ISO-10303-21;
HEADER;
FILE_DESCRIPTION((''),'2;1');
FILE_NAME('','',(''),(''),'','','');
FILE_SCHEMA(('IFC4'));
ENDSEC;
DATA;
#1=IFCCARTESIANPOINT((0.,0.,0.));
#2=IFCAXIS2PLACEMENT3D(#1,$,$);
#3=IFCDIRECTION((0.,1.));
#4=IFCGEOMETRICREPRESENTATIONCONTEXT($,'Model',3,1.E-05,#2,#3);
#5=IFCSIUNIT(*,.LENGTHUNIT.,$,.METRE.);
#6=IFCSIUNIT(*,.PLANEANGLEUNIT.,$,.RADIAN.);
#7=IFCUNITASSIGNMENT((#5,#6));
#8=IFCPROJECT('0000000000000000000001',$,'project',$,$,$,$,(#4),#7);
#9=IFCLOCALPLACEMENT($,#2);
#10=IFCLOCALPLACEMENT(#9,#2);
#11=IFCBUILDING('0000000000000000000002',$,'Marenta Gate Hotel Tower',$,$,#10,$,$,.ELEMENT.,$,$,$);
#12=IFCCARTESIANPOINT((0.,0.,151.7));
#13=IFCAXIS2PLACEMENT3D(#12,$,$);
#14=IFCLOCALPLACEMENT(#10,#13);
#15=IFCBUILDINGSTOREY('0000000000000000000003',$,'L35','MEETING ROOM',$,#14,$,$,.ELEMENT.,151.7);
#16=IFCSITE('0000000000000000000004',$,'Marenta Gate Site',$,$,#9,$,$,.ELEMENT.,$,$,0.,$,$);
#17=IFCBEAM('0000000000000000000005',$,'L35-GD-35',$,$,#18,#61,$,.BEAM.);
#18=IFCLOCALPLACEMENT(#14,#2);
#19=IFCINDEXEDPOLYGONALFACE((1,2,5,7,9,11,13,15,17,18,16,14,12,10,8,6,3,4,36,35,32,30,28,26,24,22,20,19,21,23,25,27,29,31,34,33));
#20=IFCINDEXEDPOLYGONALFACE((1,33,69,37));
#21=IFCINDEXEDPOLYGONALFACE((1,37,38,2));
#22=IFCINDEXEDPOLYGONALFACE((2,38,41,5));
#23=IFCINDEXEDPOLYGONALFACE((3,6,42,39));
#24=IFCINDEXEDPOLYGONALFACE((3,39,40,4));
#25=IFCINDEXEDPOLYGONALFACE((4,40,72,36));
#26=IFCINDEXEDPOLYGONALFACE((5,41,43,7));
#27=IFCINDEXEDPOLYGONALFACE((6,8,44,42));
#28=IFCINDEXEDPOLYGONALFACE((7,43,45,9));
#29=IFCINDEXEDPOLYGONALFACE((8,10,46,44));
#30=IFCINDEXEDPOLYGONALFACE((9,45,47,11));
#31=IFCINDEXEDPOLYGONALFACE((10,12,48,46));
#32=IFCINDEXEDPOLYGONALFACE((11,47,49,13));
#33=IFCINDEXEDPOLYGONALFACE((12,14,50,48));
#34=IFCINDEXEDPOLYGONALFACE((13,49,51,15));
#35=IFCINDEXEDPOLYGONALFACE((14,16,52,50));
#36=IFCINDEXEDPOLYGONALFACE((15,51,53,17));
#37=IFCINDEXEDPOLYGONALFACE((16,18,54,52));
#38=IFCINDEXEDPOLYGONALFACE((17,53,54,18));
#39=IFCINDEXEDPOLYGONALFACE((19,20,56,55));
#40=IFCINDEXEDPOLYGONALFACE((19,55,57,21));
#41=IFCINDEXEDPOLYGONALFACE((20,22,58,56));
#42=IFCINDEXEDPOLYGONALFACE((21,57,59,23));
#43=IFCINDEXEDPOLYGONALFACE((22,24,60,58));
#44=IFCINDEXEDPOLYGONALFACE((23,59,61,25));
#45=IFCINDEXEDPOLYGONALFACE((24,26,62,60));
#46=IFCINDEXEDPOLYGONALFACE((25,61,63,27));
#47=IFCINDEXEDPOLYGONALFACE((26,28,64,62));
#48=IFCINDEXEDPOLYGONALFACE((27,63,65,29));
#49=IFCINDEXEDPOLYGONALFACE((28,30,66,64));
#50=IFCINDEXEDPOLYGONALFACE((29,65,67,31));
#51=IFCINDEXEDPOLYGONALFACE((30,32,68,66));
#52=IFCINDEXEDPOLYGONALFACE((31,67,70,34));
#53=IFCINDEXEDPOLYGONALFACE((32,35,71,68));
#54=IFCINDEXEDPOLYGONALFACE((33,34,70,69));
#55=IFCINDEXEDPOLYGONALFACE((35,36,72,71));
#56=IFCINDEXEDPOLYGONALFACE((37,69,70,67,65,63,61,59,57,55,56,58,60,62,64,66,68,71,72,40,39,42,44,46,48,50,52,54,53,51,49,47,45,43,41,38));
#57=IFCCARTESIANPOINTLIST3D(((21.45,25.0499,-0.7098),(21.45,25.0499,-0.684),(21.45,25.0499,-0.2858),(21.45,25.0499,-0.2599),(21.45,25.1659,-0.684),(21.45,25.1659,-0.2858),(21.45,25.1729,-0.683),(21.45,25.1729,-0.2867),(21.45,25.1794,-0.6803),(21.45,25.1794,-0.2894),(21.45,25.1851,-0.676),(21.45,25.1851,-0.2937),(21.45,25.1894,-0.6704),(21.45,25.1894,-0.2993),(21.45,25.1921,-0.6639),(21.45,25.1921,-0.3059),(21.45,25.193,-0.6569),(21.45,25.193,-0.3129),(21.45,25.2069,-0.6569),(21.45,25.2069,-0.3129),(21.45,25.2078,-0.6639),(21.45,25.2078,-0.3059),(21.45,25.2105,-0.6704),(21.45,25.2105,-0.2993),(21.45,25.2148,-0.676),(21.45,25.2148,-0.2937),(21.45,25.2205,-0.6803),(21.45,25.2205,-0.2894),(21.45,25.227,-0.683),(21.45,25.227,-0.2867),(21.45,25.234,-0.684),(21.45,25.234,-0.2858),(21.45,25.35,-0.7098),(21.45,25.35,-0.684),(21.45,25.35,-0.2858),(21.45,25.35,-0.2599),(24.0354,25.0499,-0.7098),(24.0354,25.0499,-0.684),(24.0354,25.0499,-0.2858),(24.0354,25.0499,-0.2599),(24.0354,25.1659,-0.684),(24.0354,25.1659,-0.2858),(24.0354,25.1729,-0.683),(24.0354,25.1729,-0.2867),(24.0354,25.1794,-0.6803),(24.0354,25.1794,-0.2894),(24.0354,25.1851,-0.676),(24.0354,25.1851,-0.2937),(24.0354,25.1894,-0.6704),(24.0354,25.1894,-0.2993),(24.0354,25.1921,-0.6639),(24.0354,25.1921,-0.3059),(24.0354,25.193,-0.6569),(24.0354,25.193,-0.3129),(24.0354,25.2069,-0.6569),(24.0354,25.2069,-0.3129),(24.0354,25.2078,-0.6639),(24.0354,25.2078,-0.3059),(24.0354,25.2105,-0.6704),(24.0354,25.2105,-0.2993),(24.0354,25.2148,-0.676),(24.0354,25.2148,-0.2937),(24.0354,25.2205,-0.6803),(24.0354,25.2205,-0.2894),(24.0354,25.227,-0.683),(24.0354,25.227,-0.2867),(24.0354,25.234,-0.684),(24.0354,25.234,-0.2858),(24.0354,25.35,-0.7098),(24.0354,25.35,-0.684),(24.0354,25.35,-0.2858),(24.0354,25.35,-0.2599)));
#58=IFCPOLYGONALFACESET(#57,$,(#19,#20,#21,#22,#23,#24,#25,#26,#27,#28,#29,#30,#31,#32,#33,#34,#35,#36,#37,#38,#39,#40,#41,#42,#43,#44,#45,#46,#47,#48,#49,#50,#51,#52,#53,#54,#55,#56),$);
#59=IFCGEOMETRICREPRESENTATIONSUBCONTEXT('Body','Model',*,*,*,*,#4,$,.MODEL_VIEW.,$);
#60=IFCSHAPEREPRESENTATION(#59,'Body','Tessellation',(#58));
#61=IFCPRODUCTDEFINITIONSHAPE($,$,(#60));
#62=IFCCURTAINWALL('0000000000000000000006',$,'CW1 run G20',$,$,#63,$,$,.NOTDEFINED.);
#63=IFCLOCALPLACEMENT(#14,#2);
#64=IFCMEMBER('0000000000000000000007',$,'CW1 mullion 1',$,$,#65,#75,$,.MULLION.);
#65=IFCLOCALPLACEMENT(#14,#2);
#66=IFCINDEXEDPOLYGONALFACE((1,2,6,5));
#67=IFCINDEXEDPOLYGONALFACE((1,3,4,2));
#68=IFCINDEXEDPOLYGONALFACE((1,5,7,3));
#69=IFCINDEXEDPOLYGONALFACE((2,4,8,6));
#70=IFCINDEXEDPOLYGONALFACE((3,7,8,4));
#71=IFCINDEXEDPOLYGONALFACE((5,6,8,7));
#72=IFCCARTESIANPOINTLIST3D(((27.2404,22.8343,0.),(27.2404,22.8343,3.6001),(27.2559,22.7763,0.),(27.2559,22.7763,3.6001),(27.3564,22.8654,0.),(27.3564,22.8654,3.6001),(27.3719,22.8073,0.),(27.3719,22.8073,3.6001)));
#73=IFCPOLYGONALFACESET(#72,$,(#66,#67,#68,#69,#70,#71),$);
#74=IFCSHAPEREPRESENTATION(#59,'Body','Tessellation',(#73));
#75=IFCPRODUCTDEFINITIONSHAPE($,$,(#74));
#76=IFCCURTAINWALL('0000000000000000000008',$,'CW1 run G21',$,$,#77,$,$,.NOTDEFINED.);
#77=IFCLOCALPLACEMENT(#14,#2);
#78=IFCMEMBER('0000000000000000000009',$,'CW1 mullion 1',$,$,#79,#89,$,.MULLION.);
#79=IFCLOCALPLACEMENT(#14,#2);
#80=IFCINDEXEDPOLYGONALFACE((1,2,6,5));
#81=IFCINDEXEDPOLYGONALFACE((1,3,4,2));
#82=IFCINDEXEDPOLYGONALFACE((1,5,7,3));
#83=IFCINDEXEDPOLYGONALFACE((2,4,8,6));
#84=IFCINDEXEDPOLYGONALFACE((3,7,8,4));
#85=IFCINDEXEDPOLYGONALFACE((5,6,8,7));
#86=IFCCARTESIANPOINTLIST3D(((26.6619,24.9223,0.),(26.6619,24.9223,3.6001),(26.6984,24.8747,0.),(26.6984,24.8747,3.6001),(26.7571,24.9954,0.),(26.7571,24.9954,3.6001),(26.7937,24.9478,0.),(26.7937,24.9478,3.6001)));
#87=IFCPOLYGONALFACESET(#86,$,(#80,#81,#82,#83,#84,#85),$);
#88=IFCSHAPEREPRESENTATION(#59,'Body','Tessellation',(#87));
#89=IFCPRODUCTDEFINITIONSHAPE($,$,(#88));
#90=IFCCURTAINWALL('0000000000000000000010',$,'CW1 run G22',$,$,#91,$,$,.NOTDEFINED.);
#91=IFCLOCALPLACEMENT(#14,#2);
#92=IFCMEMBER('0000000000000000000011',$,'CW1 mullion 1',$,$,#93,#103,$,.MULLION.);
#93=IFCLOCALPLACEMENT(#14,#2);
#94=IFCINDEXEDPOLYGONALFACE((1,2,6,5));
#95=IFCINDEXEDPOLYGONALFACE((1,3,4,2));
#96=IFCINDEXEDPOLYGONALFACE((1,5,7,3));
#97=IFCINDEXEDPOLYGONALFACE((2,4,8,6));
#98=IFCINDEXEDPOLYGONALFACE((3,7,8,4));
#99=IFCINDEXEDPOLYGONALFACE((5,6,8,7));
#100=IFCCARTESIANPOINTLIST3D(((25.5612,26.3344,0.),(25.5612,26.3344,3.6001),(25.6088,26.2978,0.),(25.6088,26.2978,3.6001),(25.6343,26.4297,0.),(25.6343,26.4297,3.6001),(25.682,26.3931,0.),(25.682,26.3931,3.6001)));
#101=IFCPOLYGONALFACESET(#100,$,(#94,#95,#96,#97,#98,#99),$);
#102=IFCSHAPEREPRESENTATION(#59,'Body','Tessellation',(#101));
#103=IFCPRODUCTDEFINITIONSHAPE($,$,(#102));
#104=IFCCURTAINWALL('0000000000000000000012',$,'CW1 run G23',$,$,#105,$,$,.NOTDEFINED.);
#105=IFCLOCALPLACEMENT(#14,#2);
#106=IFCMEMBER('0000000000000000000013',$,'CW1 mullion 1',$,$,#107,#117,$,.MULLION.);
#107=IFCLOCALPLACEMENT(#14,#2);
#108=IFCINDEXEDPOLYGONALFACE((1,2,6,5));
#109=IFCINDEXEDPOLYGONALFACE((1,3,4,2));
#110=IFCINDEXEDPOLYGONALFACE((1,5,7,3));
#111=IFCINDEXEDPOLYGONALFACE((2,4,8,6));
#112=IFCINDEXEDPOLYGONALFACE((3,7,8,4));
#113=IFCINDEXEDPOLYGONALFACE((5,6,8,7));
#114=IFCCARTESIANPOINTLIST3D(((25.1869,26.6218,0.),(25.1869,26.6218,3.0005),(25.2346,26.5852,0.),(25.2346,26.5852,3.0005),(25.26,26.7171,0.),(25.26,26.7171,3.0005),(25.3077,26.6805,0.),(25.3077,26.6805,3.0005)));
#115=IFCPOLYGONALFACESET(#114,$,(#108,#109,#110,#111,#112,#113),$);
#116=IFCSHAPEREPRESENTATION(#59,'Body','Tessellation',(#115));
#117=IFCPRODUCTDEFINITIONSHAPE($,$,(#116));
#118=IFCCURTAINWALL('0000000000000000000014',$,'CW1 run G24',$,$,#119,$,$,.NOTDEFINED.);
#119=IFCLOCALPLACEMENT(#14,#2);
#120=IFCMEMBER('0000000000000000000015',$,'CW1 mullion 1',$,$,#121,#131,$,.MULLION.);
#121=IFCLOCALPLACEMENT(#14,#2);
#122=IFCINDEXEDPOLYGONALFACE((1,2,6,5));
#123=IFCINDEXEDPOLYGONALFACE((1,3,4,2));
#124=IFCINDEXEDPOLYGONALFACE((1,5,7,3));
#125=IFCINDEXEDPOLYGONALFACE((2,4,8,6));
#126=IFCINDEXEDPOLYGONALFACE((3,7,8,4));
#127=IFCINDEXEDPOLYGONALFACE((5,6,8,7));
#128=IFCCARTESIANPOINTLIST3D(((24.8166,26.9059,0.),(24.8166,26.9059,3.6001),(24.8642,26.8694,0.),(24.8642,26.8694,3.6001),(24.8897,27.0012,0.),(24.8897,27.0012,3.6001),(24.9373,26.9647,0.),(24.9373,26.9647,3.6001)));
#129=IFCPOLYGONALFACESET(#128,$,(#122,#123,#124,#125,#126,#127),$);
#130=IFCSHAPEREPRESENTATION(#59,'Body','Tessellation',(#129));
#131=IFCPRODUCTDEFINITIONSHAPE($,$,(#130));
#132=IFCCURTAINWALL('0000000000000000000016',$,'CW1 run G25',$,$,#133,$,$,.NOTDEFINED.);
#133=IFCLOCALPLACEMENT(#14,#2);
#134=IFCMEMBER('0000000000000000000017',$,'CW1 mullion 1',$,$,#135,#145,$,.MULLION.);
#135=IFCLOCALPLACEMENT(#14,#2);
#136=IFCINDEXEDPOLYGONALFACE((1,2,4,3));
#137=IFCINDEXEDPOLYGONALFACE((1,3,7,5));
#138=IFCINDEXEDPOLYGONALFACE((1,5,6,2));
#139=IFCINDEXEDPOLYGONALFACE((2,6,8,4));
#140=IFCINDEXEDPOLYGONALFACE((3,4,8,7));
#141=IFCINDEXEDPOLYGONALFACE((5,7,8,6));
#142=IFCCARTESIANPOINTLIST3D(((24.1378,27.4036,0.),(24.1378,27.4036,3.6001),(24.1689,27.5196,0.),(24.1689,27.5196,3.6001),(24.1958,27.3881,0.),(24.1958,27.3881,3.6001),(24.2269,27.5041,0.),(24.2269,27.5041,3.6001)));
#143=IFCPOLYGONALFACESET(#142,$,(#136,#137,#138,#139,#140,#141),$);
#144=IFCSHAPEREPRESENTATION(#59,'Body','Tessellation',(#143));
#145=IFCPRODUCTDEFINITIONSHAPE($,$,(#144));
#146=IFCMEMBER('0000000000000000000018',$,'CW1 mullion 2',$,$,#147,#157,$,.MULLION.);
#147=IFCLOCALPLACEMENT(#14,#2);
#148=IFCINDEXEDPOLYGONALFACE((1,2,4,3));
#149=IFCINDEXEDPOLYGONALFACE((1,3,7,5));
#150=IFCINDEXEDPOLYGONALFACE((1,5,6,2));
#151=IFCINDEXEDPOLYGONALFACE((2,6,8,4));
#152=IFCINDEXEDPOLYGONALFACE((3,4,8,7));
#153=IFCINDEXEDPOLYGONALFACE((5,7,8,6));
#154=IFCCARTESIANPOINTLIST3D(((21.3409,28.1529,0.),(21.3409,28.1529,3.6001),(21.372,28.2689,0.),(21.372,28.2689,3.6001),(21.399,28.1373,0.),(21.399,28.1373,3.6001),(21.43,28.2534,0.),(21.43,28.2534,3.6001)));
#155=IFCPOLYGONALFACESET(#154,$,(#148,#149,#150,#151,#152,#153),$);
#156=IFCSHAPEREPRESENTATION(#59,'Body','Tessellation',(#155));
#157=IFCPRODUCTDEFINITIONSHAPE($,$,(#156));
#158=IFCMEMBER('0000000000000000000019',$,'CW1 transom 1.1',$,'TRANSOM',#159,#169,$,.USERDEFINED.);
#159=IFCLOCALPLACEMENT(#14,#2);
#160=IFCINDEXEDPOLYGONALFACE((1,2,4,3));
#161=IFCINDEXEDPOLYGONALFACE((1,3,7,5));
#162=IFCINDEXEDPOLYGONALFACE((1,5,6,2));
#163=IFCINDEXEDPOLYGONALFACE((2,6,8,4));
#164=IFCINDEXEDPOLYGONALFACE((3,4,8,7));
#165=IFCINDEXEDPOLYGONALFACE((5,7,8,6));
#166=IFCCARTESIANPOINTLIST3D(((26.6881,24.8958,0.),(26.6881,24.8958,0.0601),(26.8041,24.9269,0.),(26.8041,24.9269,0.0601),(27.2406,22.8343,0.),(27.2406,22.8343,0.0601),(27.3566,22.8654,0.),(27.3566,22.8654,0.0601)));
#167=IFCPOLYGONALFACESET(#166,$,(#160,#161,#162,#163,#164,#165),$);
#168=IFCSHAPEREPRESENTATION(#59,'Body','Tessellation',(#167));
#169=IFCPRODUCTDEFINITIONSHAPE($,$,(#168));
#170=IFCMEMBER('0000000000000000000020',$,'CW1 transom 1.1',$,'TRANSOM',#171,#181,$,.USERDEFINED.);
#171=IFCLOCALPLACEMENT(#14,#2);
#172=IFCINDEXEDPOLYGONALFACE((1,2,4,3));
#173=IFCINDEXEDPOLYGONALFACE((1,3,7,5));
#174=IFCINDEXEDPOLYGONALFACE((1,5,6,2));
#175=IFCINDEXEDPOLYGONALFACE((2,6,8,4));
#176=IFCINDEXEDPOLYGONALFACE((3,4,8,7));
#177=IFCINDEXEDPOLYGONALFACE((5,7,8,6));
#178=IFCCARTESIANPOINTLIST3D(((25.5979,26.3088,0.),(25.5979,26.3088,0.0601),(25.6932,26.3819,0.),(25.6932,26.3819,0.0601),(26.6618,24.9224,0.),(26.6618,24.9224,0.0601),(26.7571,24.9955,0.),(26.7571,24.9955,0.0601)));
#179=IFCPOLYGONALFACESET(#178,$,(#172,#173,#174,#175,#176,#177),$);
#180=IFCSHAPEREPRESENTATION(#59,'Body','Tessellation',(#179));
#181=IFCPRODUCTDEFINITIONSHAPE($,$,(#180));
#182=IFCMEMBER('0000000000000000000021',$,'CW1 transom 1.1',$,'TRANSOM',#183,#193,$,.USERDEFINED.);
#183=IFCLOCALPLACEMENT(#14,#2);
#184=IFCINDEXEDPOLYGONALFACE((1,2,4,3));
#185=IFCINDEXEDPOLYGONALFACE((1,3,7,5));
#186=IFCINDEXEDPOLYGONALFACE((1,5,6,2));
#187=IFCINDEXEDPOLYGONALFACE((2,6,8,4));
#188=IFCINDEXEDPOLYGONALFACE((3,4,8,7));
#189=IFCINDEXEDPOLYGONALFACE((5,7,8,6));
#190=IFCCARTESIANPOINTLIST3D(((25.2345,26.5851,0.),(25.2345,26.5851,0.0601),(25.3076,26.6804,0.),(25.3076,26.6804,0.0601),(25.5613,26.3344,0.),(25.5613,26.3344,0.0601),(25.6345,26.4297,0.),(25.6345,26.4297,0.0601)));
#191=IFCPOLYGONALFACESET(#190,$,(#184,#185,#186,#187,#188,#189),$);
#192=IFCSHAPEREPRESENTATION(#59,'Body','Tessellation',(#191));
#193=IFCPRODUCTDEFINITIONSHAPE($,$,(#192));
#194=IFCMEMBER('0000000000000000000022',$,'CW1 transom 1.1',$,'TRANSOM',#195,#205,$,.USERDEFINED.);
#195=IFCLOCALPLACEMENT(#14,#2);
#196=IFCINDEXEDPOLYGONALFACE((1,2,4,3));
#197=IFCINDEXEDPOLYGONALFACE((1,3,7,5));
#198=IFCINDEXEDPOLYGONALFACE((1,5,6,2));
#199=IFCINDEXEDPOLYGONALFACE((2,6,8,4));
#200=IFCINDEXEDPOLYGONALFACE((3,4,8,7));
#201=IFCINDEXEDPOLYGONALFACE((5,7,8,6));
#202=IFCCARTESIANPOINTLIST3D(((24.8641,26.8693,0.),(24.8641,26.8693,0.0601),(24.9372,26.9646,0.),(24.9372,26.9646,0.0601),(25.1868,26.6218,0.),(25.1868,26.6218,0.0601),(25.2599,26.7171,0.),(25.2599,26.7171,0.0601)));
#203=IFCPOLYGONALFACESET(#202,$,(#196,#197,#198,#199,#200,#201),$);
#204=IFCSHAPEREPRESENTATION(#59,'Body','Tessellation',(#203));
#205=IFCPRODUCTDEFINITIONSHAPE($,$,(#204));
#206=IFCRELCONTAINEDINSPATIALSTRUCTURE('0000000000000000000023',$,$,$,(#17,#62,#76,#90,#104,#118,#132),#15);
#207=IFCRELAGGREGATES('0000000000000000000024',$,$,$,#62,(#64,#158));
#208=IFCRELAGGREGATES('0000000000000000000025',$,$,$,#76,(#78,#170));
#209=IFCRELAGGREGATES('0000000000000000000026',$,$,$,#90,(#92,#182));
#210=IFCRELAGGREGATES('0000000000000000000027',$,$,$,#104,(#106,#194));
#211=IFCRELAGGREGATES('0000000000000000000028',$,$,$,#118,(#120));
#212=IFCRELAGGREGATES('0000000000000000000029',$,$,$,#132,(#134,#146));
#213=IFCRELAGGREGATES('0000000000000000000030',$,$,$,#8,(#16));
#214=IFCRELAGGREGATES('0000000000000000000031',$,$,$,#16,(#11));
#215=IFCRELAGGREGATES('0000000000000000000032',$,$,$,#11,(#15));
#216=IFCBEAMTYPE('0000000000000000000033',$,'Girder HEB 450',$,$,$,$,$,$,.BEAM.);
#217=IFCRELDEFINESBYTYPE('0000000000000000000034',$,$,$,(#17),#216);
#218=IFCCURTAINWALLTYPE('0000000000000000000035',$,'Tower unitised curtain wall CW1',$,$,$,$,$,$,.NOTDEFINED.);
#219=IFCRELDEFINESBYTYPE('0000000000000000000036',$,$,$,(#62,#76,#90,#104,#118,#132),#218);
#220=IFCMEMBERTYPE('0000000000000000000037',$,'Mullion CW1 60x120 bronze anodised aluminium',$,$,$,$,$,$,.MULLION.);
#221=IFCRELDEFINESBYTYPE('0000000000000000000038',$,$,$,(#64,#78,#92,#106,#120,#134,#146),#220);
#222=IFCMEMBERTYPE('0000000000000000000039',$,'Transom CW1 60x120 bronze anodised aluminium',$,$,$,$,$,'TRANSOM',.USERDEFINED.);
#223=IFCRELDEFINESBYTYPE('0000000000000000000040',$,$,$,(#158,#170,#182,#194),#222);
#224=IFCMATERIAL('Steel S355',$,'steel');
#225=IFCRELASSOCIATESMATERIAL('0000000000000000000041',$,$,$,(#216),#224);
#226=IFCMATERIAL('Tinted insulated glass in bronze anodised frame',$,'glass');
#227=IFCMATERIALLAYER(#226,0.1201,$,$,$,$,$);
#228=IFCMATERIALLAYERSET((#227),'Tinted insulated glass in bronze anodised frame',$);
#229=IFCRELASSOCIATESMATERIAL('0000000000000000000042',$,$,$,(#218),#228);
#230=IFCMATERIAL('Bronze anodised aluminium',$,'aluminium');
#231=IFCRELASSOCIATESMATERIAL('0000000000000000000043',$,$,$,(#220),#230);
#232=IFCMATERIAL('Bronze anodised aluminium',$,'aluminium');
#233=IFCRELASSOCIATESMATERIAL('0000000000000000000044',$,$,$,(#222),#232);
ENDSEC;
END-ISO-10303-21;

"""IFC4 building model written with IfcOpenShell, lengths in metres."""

from ifc_helpers import new_model, si_unit, direction, frame, origin, origin_2d, place, context, subcontext, project, spatial, rectangle, i_section, extrude, material, layer, layer_set, material_profile, profile_set, type_object, element, aggregate, save


model = new_model("IFC4")

# Units and contexts
model_context = context("Model", 3, precision=1e-05, world=origin(), true_north=direction((0.0, 1.0)))
body_context = subcontext(model_context, "Body", "Model", "MODEL_VIEW")
ifc_project = project(units=[si_unit("LENGTHUNIT", "METRE"), si_unit("PLANEANGLEUNIT", "RADIAN")], contexts=[model_context])

# Site, building, storey
site_placement = place(None, origin())
site = spatial("IfcSite", under=ifc_project, at=site_placement, Name="Marenta Gate Site", CompositionType="ELEMENT", RefElevation=0.0)
building_placement = place(site_placement, origin())
building = spatial("IfcBuilding", under=site, at=building_placement, Name="Marenta Gate Hotel Tower", CompositionType="ELEMENT")
storey_placement = place(building_placement, frame((0.0, 0.0, 151.7)))
storey = spatial("IfcBuildingStorey", under=building, at=storey_placement, Name="L35", Description="MEETING ROOM", CompositionType="ELEMENT", Elevation=151.7)

# Beam
ifc_material_1 = material(Name="Steel S355", Category="steel")
ifc_material_profile_1 = material_profile(ifc_material_1, i_section(OverallWidth=0.3, OverallDepth=0.45, WebThickness=0.0139, FlangeThickness=0.0259, FilletRadius=0.0271, at=origin_2d()), Name="HEB 450")
ifc_profile_set_1 = profile_set([ifc_material_profile_1], Name="Steel S355")
beam_type_1 = type_object("IfcBeamType", Name="Girder HEB 450", PredefinedType="BEAM", material=ifc_profile_set_1)
beam_1_placement = place(storey_placement, frame((21.45, 25.2, -0.4849), z_axis=(1.0, 0.0, 0.0), x_axis=(0.0, 1.0, 0.0)))
element("IfcBeam", 1, at=beam_1_placement, inside=storey, type_object=beam_type_1, Name="L35-GD-35", PredefinedType="BEAM", context=body_context, shape_type="SweptSolid", body=[
    extrude(i_section(OverallWidth=0.3, OverallDepth=0.45, WebThickness=0.0139, FlangeThickness=0.0259, FilletRadius=0.0271, at=origin_2d()), origin(), (0.0, 0.0, 1.0), 2.5854),
])

# Curtain walls, members
ifc_material_2 = material(Name="Tinted insulated glass in bronze anodised frame", Category="glass")
ifc_layer_1 = layer(ifc_material_2, 0.1201)
ifc_layer_set_1 = layer_set([ifc_layer_1], Name="Tinted insulated glass in bronze anodised frame")
curtain_wall_type = type_object("IfcCurtainWallType", Name="Tower unitised curtain wall CW1", PredefinedType="NOTDEFINED", material=ifc_layer_set_1)
curtain_wall_1_placement = place(storey_placement, origin())
curtain_wall_1 = element("IfcCurtainWall", 2, at=curtain_wall_1_placement, inside=storey, type_object=curtain_wall_type, Name="CW1 run G20", PredefinedType="NOTDEFINED")
ifc_material_3 = material(Name="Bronze anodised aluminium", Category="aluminium")
ifc_material_profile_2 = material_profile(ifc_material_3, rectangle(XDim=0.1201, YDim=0.0601, at=origin_2d()), Name="Mullion CW1 60x120 bronze anodised aluminium")
ifc_profile_set_2 = profile_set([ifc_material_profile_2], Name="Bronze anodised aluminium")
member_type_1 = type_object("IfcMemberType", Name="Mullion CW1 60x120 bronze anodised aluminium", PredefinedType="MULLION", material=ifc_profile_set_2)
member_1_placement = place(storey_placement, frame((27.3062, 22.8208, 0.0), z_axis=(0.0, 0.0, 1.0), x_axis=(-0.965925, -0.258823, 0.0)))
member_1 = element("IfcMember", 3, at=member_1_placement, type_object=member_type_1, Name="CW1 mullion 1", PredefinedType="MULLION", context=body_context, shape_type="SweptSolid", body=[
    extrude(rectangle(XDim=0.1201, YDim=0.0601, at=origin_2d()), origin(), (0.0, 0.0, 1.0), 3.6001),
])
curtain_wall_2_placement = place(storey_placement, origin())
curtain_wall_2 = element("IfcCurtainWall", 4, at=curtain_wall_2_placement, inside=storey, type_object=curtain_wall_type, Name="CW1 run G21", PredefinedType="NOTDEFINED")
member_2_placement = place(storey_placement, frame((26.7278, 24.9351, 0.0), z_axis=(0.0, 0.0, 1.0), x_axis=(-0.793327, -0.608796, 0.0)))
member_2 = element("IfcMember", 5, at=member_2_placement, type_object=member_type_1, Name="CW1 mullion 1", PredefinedType="MULLION", context=body_context, shape_type="SweptSolid", body=[
    extrude(rectangle(XDim=0.1201, YDim=0.0601, at=origin_2d()), origin(), (0.0, 0.0, 1.0), 3.6001),
])
curtain_wall_3_placement = place(storey_placement, origin())
curtain_wall_3 = element("IfcCurtainWall", 6, at=curtain_wall_3_placement, inside=storey, type_object=curtain_wall_type, Name="CW1 run G22", PredefinedType="NOTDEFINED")
member_3_placement = place(storey_placement, frame((25.6216, 26.3638, 0.0), z_axis=(0.0, 0.0, 1.0), x_axis=(-0.608778, -0.79334, 0.0)))
member_3 = element("IfcMember", 7, at=member_3_placement, type_object=member_type_1, Name="CW1 mullion 1", PredefinedType="MULLION", context=body_context, shape_type="SweptSolid", body=[
    extrude(rectangle(XDim=0.1201, YDim=0.0601, at=origin_2d()), origin(), (0.0, 0.0, 1.0), 3.6001),
])
curtain_wall_4_placement = place(storey_placement, origin())
curtain_wall_4 = element("IfcCurtainWall", 8, at=curtain_wall_4_placement, inside=storey, type_object=curtain_wall_type, Name="CW1 run G23", PredefinedType="NOTDEFINED")
member_4_placement = place(storey_placement, frame((25.2473, 26.6511, 0.0), z_axis=(0.0, 0.0, 1.0), x_axis=(-0.608737, -0.793372, 0.0)))
member_4 = element("IfcMember", 9, at=member_4_placement, type_object=member_type_1, Name="CW1 mullion 1", PredefinedType="MULLION", context=body_context, shape_type="SweptSolid", body=[
    extrude(rectangle(XDim=0.1201, YDim=0.0601, at=origin_2d()), origin(), (0.0, 0.0, 1.0), 3.0005),
])
curtain_wall_5_placement = place(storey_placement, origin())
curtain_wall_5 = element("IfcCurtainWall", 10, at=curtain_wall_5_placement, inside=storey, type_object=curtain_wall_type, Name="CW1 run G24", PredefinedType="NOTDEFINED")
member_5_placement = place(storey_placement, frame((24.877, 26.9353, 0.0), z_axis=(0.0, 0.0, 1.0), x_axis=(-0.608837, -0.793295, 0.0)))
member_5 = element("IfcMember", 11, at=member_5_placement, type_object=member_type_1, Name="CW1 mullion 1", PredefinedType="MULLION", context=body_context, shape_type="SweptSolid", body=[
    extrude(rectangle(XDim=0.1201, YDim=0.0601, at=origin_2d()), origin(), (0.0, 0.0, 1.0), 3.6001),
])

# Curtain wall, members
curtain_wall_6_placement = place(storey_placement, origin())
curtain_wall_6 = element("IfcCurtainWall", 12, at=curtain_wall_6_placement, inside=storey, type_object=curtain_wall_type, Name="CW1 run G25", PredefinedType="NOTDEFINED")
member_6_placement = place(storey_placement, frame((24.1824, 27.4539, 0.0), z_axis=(0.0, 0.0, 1.0), x_axis=(-0.258806, -0.965929, 0.0)))
member_6 = element("IfcMember", 13, at=member_6_placement, type_object=member_type_1, Name="CW1 mullion 1", PredefinedType="MULLION", context=body_context, shape_type="SweptSolid", body=[
    extrude(rectangle(XDim=0.1201, YDim=0.0601, at=origin_2d()), origin(), (0.0, 0.0, 1.0), 3.6001),
])
member_7_placement = place(storey_placement, frame((21.3855, 28.2031, 0.0), z_axis=(0.0, 0.0, 1.0), x_axis=(-0.258806, -0.965929, 0.0)))
member_7 = element("IfcMember", 14, at=member_7_placement, type_object=member_type_1, Name="CW1 mullion 2", PredefinedType="MULLION", context=body_context, shape_type="SweptSolid", body=[
    extrude(rectangle(XDim=0.1201, YDim=0.0601, at=origin_2d()), origin(), (0.0, 0.0, 1.0), 3.6001),
])

# Members
ifc_material_4 = material(Name="Bronze anodised aluminium", Category="aluminium")
ifc_material_profile_3 = material_profile(ifc_material_4, rectangle(XDim=0.1201, YDim=0.0601, at=origin_2d()), Name="Transom CW1 60x120 bronze anodised aluminium")
ifc_profile_set_3 = profile_set([ifc_material_profile_3], Name="Bronze anodised aluminium")
member_type_2 = type_object("IfcMemberType", Name="Transom CW1 60x120 bronze anodised aluminium", ElementType="TRANSOM", PredefinedType="USERDEFINED", material=ifc_profile_set_3)
member_8_placement = place(storey_placement, frame((27.2986, 22.8499, 0.03), z_axis=(-0.258866, 0.965913, 0.0), x_axis=(-0.965913, -0.258866, 0.0)))
member_8 = element("IfcMember", 15, at=member_8_placement, type_object=member_type_2, Name="CW1 transom 1.1", ObjectType="TRANSOM", PredefinedType="USERDEFINED", context=body_context, shape_type="SweptSolid", body=[
    extrude(rectangle(XDim=0.1201, YDim=0.0601, at=origin_2d()), origin(), (0.0, 0.0, 1.0), 2.1343),
])
member_9_placement = place(storey_placement, frame((26.7095, 24.959, 0.03), z_axis=(-0.608792, 0.79333, 0.0), x_axis=(-0.79333, -0.608792, 0.0)))
member_9 = element("IfcMember", 16, at=member_9_placement, type_object=member_type_2, Name="CW1 transom 1.1", ObjectType="TRANSOM", PredefinedType="USERDEFINED", context=body_context, shape_type="SweptSolid", body=[
    extrude(rectangle(XDim=0.1201, YDim=0.0601, at=origin_2d()), origin(), (0.0, 0.0, 1.0), 1.7476),
])
member_10_placement = place(storey_placement, frame((25.5979, 26.3821, 0.03), z_axis=(-0.793482, 0.608593, 0.0), x_axis=(-0.608593, -0.793482, 0.0)))
member_10 = element("IfcMember", 17, at=member_10_placement, type_object=member_type_2, Name="CW1 transom 1.1", ObjectType="TRANSOM", PredefinedType="USERDEFINED", context=body_context, shape_type="SweptSolid", body=[
    extrude(rectangle(XDim=0.1201, YDim=0.0601, at=origin_2d()), origin(), (0.0, 0.0, 1.0), 0.4119),
])
member_11_placement = place(storey_placement, frame((25.2234, 26.6694, 0.03), z_axis=(-0.793471, 0.608608, 0.0), x_axis=(-0.608608, -0.793471, 0.0)))
member_11 = element("IfcMember", 18, at=member_11_placement, type_object=member_type_2, Name="CW1 transom 1.1", ObjectType="TRANSOM", PredefinedType="USERDEFINED", context=body_context, shape_type="SweptSolid", body=[
    extrude(rectangle(XDim=0.1201, YDim=0.0601, at=origin_2d()), origin(), (0.0, 0.0, 1.0), 0.4067),
])

aggregate(curtain_wall_1, [member_1, member_8])
aggregate(curtain_wall_2, [member_2, member_9])
aggregate(curtain_wall_3, [member_3, member_10])
aggregate(curtain_wall_4, [member_4, member_11])
aggregate(curtain_wall_5, [member_5])
aggregate(curtain_wall_6, [member_6, member_7])

save(model, "model.ifc")
